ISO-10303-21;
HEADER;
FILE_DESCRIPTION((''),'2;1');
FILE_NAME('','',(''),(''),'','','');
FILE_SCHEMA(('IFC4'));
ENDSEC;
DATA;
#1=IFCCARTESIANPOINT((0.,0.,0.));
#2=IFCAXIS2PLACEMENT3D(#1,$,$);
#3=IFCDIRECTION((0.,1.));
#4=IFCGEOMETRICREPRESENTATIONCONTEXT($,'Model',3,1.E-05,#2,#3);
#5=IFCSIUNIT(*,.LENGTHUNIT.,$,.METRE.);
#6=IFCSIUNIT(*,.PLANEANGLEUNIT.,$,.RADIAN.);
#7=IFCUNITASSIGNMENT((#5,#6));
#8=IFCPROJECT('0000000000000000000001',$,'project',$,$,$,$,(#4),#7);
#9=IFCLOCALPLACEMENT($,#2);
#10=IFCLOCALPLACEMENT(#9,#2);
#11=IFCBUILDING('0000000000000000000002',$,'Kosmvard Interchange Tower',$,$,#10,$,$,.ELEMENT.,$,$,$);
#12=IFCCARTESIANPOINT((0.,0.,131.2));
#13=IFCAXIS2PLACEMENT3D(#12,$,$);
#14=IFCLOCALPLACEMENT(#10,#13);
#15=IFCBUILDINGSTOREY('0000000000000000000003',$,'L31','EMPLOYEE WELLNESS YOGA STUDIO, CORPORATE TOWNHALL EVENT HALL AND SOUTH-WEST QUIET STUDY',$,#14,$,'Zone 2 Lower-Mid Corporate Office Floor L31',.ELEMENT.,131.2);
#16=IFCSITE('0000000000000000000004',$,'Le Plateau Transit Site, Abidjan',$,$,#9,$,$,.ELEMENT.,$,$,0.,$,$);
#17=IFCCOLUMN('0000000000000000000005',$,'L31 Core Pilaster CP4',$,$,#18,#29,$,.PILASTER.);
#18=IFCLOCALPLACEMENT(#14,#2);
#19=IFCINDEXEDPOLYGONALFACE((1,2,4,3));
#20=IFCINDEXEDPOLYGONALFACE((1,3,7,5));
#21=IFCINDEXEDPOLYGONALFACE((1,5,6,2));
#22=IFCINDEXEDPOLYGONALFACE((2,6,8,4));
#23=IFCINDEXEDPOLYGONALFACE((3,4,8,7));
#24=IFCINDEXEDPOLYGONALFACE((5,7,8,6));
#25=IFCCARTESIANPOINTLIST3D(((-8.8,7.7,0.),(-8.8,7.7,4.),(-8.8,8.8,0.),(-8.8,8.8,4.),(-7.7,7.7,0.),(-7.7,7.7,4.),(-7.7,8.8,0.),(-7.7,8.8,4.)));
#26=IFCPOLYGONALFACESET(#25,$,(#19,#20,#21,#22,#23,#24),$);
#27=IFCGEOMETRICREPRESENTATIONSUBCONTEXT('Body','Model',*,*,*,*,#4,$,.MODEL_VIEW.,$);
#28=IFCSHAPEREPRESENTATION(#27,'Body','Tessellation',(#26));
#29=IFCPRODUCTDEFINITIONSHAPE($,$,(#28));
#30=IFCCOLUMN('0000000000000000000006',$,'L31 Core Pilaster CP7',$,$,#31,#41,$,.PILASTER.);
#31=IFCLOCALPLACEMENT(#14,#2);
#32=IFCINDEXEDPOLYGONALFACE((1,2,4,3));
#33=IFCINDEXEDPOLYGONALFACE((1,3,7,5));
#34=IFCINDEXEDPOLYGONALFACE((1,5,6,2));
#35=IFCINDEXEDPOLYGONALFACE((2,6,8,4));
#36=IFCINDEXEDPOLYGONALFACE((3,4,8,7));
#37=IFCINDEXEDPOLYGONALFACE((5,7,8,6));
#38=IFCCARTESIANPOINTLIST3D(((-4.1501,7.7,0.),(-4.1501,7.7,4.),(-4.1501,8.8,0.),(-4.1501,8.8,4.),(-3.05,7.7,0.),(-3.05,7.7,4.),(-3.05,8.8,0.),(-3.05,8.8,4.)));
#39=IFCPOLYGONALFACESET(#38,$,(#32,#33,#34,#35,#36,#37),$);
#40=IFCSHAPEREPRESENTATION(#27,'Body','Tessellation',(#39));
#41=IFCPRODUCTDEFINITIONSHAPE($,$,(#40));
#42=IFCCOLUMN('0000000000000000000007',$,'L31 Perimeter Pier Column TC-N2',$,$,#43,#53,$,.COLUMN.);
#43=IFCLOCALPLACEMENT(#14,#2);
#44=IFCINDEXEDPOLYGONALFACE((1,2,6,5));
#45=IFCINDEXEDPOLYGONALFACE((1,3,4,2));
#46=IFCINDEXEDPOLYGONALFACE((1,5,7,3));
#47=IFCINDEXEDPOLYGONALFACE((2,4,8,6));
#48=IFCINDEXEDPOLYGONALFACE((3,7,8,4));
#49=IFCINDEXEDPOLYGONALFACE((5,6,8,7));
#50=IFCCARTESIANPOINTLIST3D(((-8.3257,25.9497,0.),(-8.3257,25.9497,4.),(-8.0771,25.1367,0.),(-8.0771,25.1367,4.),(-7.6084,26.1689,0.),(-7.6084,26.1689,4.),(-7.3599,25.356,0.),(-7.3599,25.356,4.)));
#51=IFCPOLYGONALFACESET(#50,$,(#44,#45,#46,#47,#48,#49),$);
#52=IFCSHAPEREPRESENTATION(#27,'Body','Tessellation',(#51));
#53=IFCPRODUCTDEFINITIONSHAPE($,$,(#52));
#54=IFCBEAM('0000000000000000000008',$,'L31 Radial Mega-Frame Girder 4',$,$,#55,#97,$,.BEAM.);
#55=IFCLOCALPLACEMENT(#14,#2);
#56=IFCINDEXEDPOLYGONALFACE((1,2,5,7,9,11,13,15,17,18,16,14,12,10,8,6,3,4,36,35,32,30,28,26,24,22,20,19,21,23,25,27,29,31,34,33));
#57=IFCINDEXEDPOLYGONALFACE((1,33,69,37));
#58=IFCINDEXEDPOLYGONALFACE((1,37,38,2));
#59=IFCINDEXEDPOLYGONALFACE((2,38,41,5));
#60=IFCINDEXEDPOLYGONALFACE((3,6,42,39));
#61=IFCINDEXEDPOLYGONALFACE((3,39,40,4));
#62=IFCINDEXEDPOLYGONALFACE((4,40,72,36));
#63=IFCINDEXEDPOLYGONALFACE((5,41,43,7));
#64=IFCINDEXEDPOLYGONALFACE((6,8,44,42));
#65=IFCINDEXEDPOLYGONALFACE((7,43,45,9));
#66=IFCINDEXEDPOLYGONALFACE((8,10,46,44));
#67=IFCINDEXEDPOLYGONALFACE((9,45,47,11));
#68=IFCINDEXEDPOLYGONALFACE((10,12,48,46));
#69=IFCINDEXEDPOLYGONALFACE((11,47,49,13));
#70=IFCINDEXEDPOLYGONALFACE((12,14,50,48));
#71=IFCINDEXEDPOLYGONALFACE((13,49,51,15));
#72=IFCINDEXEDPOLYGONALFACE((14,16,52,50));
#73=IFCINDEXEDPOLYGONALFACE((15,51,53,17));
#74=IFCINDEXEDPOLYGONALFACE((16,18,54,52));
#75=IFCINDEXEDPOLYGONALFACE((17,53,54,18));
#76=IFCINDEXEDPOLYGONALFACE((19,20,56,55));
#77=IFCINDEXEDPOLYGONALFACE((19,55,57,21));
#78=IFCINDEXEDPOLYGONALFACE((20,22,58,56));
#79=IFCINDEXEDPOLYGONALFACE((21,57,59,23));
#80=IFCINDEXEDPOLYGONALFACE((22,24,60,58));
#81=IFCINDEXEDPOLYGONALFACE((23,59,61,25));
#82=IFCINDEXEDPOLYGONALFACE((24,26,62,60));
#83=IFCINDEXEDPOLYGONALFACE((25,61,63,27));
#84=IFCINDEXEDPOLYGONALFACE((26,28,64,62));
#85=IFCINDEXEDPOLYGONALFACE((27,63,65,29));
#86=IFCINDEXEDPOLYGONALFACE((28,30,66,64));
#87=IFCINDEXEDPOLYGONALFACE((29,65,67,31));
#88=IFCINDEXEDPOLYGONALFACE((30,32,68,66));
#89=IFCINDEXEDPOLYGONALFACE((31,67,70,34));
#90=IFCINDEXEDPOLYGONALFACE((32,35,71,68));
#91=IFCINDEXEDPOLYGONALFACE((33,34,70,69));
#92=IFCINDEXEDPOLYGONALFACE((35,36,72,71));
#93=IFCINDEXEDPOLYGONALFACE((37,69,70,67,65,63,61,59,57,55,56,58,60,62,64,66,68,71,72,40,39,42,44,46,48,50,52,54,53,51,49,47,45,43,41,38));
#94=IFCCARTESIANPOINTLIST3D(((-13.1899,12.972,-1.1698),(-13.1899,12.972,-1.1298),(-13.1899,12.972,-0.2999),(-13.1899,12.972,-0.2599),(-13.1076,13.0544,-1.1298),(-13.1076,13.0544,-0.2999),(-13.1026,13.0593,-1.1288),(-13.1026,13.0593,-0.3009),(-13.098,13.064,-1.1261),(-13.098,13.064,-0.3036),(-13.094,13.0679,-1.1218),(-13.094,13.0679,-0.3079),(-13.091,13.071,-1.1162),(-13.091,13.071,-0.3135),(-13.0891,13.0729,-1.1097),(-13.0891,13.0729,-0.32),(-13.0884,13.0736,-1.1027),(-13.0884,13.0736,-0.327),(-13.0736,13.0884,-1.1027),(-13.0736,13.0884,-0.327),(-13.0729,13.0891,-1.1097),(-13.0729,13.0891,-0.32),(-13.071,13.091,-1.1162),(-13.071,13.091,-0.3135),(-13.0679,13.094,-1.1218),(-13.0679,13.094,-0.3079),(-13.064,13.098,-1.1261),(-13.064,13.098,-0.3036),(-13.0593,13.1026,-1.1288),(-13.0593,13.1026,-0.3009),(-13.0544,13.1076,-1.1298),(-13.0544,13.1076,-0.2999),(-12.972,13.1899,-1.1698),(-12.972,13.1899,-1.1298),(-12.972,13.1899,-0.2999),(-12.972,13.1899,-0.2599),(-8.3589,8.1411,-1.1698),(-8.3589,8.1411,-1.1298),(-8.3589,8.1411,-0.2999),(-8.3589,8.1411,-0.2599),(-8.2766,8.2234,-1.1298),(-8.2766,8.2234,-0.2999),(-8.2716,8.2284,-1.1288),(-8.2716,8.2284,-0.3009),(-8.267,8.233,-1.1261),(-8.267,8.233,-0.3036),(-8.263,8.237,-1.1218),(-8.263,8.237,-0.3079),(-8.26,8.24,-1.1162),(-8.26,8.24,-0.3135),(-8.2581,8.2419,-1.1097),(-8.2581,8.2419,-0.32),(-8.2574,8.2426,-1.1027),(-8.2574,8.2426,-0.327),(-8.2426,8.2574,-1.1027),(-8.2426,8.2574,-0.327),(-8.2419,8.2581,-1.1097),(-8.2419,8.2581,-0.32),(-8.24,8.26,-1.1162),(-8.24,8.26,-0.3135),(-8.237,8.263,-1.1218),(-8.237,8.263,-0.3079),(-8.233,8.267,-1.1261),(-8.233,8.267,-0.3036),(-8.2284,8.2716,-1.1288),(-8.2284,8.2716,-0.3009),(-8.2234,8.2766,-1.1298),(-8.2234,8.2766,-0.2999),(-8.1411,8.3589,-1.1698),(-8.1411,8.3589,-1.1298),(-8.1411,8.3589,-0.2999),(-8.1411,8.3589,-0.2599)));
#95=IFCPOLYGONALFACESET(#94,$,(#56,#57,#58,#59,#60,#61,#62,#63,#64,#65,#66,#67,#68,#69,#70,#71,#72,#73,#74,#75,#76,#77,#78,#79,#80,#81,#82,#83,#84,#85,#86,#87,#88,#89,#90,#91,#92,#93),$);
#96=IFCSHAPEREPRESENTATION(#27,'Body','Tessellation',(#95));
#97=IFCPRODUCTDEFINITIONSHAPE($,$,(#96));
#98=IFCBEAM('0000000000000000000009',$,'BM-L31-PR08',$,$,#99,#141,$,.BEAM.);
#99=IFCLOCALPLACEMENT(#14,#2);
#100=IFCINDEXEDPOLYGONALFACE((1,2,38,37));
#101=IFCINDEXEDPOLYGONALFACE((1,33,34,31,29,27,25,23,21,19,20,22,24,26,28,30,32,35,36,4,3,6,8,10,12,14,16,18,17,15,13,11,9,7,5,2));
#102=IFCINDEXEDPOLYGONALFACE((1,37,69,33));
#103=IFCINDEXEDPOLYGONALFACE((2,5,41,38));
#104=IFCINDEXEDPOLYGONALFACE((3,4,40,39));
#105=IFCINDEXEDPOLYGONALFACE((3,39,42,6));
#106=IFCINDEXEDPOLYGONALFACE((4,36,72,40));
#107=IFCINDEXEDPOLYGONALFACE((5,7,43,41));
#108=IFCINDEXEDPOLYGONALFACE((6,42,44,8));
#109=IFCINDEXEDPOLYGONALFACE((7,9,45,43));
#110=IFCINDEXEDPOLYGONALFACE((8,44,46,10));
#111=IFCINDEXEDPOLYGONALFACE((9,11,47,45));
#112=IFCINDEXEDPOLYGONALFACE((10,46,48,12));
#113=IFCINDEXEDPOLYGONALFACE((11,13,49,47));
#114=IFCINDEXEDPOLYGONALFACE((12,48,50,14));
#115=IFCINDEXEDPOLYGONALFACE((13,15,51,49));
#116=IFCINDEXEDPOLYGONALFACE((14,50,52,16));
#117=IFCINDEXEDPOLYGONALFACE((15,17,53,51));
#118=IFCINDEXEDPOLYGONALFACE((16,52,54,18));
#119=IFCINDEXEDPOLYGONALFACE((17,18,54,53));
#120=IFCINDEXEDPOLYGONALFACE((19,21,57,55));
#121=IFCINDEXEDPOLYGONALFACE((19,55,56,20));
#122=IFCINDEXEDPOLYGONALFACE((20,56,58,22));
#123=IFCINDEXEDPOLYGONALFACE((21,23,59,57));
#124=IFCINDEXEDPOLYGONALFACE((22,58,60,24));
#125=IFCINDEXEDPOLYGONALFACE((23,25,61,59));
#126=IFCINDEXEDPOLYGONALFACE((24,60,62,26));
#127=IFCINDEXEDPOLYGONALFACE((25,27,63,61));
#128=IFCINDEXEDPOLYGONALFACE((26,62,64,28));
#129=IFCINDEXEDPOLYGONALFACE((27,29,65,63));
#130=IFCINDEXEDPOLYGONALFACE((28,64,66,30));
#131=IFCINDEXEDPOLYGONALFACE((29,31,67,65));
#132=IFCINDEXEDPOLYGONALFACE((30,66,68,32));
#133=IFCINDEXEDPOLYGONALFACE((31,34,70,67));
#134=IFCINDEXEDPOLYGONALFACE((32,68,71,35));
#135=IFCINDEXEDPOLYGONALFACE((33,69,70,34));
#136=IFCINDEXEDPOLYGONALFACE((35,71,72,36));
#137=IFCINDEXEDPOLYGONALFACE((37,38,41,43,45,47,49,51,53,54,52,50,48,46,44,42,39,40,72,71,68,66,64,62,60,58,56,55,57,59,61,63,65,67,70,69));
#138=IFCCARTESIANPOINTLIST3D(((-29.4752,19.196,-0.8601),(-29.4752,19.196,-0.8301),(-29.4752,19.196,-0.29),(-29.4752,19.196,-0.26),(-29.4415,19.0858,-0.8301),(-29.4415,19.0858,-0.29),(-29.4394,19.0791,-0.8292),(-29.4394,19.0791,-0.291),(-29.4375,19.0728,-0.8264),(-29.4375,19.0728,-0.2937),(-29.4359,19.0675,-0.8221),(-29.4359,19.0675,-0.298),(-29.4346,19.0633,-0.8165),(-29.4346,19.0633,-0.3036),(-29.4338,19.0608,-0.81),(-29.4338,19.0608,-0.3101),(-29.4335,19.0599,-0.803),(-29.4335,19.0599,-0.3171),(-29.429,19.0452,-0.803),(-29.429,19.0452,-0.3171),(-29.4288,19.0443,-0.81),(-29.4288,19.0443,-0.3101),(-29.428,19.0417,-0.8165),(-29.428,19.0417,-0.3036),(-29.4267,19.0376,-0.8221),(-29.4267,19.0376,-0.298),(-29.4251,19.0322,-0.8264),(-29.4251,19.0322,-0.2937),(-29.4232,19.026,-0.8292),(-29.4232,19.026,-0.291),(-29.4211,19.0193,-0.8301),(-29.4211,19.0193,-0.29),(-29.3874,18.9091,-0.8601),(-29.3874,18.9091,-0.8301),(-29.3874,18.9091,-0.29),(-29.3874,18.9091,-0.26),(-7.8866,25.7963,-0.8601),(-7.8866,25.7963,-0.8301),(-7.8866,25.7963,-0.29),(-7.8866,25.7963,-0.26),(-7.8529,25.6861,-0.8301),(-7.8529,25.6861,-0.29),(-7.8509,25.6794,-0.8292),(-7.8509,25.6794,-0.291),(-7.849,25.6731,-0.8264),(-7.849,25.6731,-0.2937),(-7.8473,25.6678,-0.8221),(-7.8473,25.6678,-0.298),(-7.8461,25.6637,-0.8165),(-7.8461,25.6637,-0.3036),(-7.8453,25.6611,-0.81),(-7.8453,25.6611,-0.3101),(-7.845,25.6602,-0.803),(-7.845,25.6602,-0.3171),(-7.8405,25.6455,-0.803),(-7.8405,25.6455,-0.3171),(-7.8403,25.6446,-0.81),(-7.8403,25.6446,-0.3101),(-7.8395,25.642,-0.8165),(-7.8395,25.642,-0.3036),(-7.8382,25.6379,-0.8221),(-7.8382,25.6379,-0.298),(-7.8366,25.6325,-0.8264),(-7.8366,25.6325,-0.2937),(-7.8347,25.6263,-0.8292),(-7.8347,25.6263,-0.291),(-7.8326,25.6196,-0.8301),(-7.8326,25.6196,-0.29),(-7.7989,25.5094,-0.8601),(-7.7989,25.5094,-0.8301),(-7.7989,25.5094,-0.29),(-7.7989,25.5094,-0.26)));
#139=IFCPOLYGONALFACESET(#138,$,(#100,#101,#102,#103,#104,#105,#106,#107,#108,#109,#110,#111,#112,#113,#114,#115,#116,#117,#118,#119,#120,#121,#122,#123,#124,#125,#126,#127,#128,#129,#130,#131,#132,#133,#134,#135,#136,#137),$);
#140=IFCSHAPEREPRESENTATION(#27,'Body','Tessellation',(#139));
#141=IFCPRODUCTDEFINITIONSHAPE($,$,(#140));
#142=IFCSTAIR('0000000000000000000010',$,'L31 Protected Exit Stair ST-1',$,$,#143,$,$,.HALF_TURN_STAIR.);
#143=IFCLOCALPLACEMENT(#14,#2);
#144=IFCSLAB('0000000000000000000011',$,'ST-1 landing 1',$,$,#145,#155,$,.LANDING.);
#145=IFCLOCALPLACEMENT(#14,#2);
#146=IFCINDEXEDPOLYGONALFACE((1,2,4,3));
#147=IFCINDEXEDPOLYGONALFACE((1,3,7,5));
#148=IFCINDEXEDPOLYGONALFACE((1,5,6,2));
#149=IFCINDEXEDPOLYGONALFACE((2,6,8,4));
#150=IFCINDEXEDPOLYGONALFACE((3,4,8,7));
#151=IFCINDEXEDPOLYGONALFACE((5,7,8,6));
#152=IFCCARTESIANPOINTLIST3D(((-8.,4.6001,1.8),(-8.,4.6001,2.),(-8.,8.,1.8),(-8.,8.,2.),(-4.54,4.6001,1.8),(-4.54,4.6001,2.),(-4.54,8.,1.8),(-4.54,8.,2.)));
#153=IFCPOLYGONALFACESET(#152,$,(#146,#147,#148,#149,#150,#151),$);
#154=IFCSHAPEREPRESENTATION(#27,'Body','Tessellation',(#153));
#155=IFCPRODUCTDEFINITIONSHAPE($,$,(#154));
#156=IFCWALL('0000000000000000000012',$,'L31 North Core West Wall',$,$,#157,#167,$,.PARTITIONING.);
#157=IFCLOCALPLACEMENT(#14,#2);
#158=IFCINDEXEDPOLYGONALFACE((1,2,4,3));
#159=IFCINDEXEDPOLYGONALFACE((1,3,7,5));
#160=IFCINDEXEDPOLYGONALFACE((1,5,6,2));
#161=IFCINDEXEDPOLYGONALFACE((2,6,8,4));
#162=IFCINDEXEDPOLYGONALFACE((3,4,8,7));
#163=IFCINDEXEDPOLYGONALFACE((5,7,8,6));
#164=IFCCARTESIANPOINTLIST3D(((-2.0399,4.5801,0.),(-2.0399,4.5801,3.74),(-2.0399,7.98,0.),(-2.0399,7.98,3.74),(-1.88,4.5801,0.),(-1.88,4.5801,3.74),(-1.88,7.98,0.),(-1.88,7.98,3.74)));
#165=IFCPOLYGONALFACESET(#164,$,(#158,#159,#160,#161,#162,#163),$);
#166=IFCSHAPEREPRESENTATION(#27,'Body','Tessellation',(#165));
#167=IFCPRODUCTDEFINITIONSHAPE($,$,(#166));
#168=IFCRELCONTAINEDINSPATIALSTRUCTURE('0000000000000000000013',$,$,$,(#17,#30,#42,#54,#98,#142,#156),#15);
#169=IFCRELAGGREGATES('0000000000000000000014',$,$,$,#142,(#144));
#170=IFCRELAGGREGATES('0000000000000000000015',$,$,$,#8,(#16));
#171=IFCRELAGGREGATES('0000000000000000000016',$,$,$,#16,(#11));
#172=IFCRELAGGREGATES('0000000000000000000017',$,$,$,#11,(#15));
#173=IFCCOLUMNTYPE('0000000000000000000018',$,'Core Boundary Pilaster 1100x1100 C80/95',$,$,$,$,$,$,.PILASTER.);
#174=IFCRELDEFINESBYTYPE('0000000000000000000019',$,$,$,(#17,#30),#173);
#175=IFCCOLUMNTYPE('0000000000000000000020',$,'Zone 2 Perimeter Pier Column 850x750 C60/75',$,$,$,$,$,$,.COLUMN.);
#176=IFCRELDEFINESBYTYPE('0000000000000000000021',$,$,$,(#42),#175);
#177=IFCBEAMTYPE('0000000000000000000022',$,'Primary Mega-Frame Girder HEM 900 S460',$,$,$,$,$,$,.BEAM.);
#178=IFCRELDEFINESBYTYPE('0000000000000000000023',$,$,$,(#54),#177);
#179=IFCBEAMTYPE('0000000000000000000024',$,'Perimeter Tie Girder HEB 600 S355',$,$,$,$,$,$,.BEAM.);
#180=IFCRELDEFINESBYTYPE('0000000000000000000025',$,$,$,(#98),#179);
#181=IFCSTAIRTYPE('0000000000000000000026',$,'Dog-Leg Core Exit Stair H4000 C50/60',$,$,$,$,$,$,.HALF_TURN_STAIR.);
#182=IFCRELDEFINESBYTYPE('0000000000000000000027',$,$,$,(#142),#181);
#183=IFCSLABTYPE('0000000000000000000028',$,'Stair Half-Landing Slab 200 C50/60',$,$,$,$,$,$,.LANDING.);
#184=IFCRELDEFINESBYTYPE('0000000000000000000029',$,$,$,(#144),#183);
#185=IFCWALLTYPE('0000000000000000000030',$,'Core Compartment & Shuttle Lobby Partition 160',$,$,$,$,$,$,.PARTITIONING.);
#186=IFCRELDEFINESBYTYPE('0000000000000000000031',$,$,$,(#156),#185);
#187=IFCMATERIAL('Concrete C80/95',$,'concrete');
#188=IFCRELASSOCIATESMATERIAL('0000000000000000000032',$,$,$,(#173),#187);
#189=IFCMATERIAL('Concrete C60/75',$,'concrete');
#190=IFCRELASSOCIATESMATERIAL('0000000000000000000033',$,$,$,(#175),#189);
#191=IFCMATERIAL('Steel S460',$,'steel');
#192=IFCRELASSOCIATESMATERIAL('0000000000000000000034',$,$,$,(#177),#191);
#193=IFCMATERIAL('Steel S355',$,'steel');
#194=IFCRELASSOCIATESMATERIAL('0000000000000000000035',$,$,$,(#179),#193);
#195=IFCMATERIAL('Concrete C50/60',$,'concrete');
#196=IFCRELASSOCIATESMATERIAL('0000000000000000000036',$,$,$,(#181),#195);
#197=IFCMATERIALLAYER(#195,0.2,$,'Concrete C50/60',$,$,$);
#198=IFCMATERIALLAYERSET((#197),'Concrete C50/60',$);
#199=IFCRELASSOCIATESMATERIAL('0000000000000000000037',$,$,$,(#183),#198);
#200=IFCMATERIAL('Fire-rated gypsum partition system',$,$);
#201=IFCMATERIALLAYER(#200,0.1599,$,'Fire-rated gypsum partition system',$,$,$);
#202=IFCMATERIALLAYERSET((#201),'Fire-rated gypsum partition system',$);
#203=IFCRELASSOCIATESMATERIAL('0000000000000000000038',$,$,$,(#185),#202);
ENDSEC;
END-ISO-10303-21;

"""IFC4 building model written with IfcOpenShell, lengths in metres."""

from ifc_helpers import new_model, si_unit, direction, frame, frame_2d, origin, origin_2d, place, context, subcontext, project, spatial, polyline, rectangle, i_section, outline, extrude, source, transform, mapped, material, layer, layer_set, material_profile, profile_set, type_object, element, aggregate, save


model = new_model("IFC4")

# Units and contexts
model_context = context("Model", 3, precision=1e-05, world=origin(), true_north=direction((0.0, 1.0)))
body_context = subcontext(model_context, "Body", "Model", "MODEL_VIEW")
ifc_project = project(units=[si_unit("LENGTHUNIT", "METRE"), si_unit("PLANEANGLEUNIT", "RADIAN")], contexts=[model_context])

# Site, building, storey
site_placement = place(None, origin())
site = spatial("IfcSite", under=ifc_project, at=site_placement, Name="Le Plateau Transit Site, Abidjan", CompositionType="ELEMENT", RefElevation=0.0)
building_placement = place(site_placement, origin())
building = spatial("IfcBuilding", under=site, at=building_placement, Name="Kosmvard Interchange Tower", CompositionType="ELEMENT")
storey_placement = place(building_placement, frame((0.0, 0.0, 131.2)))
storey = spatial("IfcBuildingStorey", under=building, at=storey_placement, Name="L31", Description="EMPLOYEE WELLNESS YOGA STUDIO, CORPORATE TOWNHALL EVENT HALL AND SOUTH-WEST QUIET STUDY", LongName="Zone 2 Lower-Mid Corporate Office Floor L31", CompositionType="ELEMENT", Elevation=131.2)

# Columns
ifc_material_1 = material(Name="Concrete C80/95", Category="concrete")
ifc_material_profile_1 = material_profile(ifc_material_1, rectangle(XDim=1.1001, YDim=1.1001, at=origin_2d()), Name="CP 1100x1100")
ifc_profile_set_1 = profile_set([ifc_material_profile_1], Name="Concrete C80/95")
column_type_1 = type_object("IfcColumnType", Name="Core Boundary Pilaster 1100x1100 C80/95", PredefinedType="PILASTER", material=ifc_profile_set_1)
shared_shape_1 = source(origin(), body_context, "Body", "SweptSolid", [
    extrude(rectangle(XDim=1.1001, YDim=1.1001, at=origin_2d()), origin(), (0.0, 0.0, 1.0), 4.0),
])
for number, where, z_axis, x_axis, name in (
    (1, (-8.25, 8.25, 0.0), (0.0, 0.0, 1.0), (1.0, 0.0, 0.0), "L31 Core Pilaster CP4"),
    (2, (-3.6001, 8.25, 0.0), (0.0, 0.0, 1.0), (1.0, 0.0, 0.0), "L31 Core Pilaster CP7"),
):
    element("IfcColumn", number, at=place(storey_placement, frame(where, z_axis=z_axis, x_axis=x_axis)), inside=storey, type_object=column_type_1, Name=name, PredefinedType="PILASTER", context=body_context, shape_type="MappedRepresentation", body=[
        mapped(shared_shape_1, transform((0.0, 0.0, 0.0), scale=1.0)),
    ])
ifc_material_2 = material(Name="Concrete C60/75", Category="concrete")
ifc_material_profile_2 = material_profile(ifc_material_2, rectangle(XDim=0.75, YDim=0.8501, at=origin_2d()), Name="TC 850x750")
ifc_profile_set_2 = profile_set([ifc_material_profile_2], Name="Concrete C60/75")
column_type_2 = type_object("IfcColumnType", Name="Zone 2 Perimeter Pier Column 850x750 C60/75", PredefinedType="COLUMN", material=ifc_profile_set_2)
shared_shape_2 = source(origin(), body_context, "Body", "SweptSolid", [
    extrude(rectangle(XDim=0.75, YDim=0.8501, at=origin_2d()), origin(), (0.0, 0.0, 1.0), 4.0),
])
column_placement = place(storey_placement, frame((-7.8428, 25.6528, 0.0), z_axis=(0.0, 0.0, 1.0), x_axis=(0.956305, 0.292372, 0.0)))
element("IfcColumn", 3, at=column_placement, inside=storey, type_object=column_type_2, Name="L31 Perimeter Pier Column TC-N2", PredefinedType="COLUMN", context=body_context, shape_type="MappedRepresentation", body=[
    mapped(shared_shape_2, transform((0.0, 0.0, 0.0), scale=1.0)),
])

# Beams
ifc_material_3 = material(Name="Steel S460", Category="steel")
ifc_material_profile_3 = material_profile(ifc_material_3, i_section(OverallWidth=0.3081, OverallDepth=0.9099, WebThickness=0.021, FlangeThickness=0.04, FilletRadius=0.0271, at=origin_2d()), Name="HEM 900")
ifc_profile_set_3 = profile_set([ifc_material_profile_3], Name="Steel S460")
beam_type_1 = type_object("IfcBeamType", Name="Primary Mega-Frame Girder HEM 900 S460", PredefinedType="BEAM", material=ifc_profile_set_3)
shared_shape_3 = source(origin(), body_context, "Body", "SweptSolid", [
    extrude(i_section(OverallWidth=0.3081, OverallDepth=0.9099, WebThickness=0.021, FlangeThickness=0.04, FilletRadius=0.0271, at=origin_2d()), origin(), (0.0, 0.0, 1.0), 6.832),
])
beam_1_placement = place(storey_placement, frame((-8.25, 8.25, -0.7148), z_axis=(-0.707107, 0.707107, 0.0), x_axis=(-0.707107, -0.707107, 0.0)))
element("IfcBeam", 4, at=beam_1_placement, inside=storey, type_object=beam_type_1, Name="L31 Radial Mega-Frame Girder 4", PredefinedType="BEAM", context=body_context, shape_type="MappedRepresentation", body=[
    mapped(shared_shape_3, transform((0.0, 0.0, 0.0), scale=1.0)),
])
ifc_material_4 = material(Name="Steel S355", Category="steel")
ifc_material_profile_4 = material_profile(ifc_material_4, i_section(OverallWidth=0.3, OverallDepth=0.6001, WebThickness=0.0154, FlangeThickness=0.03, FilletRadius=0.0271, at=origin_2d()), Name="HEB 600")
ifc_profile_set_4 = profile_set([ifc_material_profile_4], Name="Steel S355")
beam_type_2 = type_object("IfcBeamType", Name="Perimeter Tie Girder HEB 600 S355", PredefinedType="BEAM", material=ifc_profile_set_4)
shared_shape_4 = source(origin(), body_context, "Body", "SweptSolid", [
    extrude(i_section(OverallWidth=0.3, OverallDepth=0.6001, WebThickness=0.0154, FlangeThickness=0.03, FilletRadius=0.0271, at=origin_2d()), origin(), (0.0, 0.0, 1.0), 22.575),
])
beam_2_placement = place(storey_placement, frame((-7.8428, 25.6528, -0.5601), z_axis=(-0.956304, -0.292373, 0.0), x_axis=(0.292373, -0.956304, 0.0)))
element("IfcBeam", 5, at=beam_2_placement, inside=storey, type_object=beam_type_2, Name="BM-L31-PR08", PredefinedType="BEAM", context=body_context, shape_type="MappedRepresentation", body=[
    mapped(shared_shape_4, transform((0.0, 0.0, 0.0), scale=1.0)),
])

# Stair, slab
ifc_material_5 = material(Name="Concrete C50/60", Category="concrete")
stair_type = type_object("IfcStairType", Name="Dog-Leg Core Exit Stair H4000 C50/60", PredefinedType="HALF_TURN_STAIR", material=ifc_material_5)
stair_placement = place(storey_placement, origin())
stair = element("IfcStair", 6, at=stair_placement, inside=storey, type_object=stair_type, Name="L31 Protected Exit Stair ST-1", PredefinedType="HALF_TURN_STAIR")
ifc_layer_1 = layer(ifc_material_5, 0.2, Name="Concrete C50/60")
ifc_layer_set_1 = layer_set([ifc_layer_1], Name="Concrete C50/60")
slab_type = type_object("IfcSlabType", Name="Stair Half-Landing Slab 200 C50/60", PredefinedType="LANDING", material=ifc_layer_set_1)
slab_placement = place(storey_placement, frame((0.0, 0.0, 1.8)))
slab = element("IfcSlab", 7, at=slab_placement, type_object=slab_type, Name="ST-1 landing 1", PredefinedType="LANDING", context=body_context, shape_type="SweptSolid", body=[
    extrude(outline(polyline([(-4.54, 4.6001), (-4.54, 8.0), (-8.0, 8.0), (-8.0, 4.6001), (-4.54, 4.6001)])), origin(), (0.0, 0.0, 1.0), 0.2),
])

# Wall
ifc_material_6 = material(Name="Fire-rated gypsum partition system")
ifc_layer_2 = layer(ifc_material_6, 0.1599, Name="Fire-rated gypsum partition system")
ifc_layer_set_2 = layer_set([ifc_layer_2], Name="Fire-rated gypsum partition system")
wall_type_1 = type_object("IfcWallType", Name="Core Compartment & Shuttle Lobby Partition 160", PredefinedType="PARTITIONING", material=ifc_layer_set_2)
wall_1_placement = place(storey_placement, frame((-1.96, 4.5801, 0.0), z_axis=(0.0, 0.0, 1.0), x_axis=(0.0, 1.0, 0.0)))
element("IfcWall", 8, at=wall_1_placement, inside=storey, type_object=wall_type_1, Name="L31 North Core West Wall", PredefinedType="PARTITIONING", context=body_context, shape_type="SweptSolid", body=[
    extrude(rectangle(XDim=3.3999, YDim=0.1599, at=frame_2d((1.7, 0.0))), origin(), (0.0, 0.0, 1.0), 3.74),
])

aggregate(stair, [slab])

save(model, "model.ifc")
